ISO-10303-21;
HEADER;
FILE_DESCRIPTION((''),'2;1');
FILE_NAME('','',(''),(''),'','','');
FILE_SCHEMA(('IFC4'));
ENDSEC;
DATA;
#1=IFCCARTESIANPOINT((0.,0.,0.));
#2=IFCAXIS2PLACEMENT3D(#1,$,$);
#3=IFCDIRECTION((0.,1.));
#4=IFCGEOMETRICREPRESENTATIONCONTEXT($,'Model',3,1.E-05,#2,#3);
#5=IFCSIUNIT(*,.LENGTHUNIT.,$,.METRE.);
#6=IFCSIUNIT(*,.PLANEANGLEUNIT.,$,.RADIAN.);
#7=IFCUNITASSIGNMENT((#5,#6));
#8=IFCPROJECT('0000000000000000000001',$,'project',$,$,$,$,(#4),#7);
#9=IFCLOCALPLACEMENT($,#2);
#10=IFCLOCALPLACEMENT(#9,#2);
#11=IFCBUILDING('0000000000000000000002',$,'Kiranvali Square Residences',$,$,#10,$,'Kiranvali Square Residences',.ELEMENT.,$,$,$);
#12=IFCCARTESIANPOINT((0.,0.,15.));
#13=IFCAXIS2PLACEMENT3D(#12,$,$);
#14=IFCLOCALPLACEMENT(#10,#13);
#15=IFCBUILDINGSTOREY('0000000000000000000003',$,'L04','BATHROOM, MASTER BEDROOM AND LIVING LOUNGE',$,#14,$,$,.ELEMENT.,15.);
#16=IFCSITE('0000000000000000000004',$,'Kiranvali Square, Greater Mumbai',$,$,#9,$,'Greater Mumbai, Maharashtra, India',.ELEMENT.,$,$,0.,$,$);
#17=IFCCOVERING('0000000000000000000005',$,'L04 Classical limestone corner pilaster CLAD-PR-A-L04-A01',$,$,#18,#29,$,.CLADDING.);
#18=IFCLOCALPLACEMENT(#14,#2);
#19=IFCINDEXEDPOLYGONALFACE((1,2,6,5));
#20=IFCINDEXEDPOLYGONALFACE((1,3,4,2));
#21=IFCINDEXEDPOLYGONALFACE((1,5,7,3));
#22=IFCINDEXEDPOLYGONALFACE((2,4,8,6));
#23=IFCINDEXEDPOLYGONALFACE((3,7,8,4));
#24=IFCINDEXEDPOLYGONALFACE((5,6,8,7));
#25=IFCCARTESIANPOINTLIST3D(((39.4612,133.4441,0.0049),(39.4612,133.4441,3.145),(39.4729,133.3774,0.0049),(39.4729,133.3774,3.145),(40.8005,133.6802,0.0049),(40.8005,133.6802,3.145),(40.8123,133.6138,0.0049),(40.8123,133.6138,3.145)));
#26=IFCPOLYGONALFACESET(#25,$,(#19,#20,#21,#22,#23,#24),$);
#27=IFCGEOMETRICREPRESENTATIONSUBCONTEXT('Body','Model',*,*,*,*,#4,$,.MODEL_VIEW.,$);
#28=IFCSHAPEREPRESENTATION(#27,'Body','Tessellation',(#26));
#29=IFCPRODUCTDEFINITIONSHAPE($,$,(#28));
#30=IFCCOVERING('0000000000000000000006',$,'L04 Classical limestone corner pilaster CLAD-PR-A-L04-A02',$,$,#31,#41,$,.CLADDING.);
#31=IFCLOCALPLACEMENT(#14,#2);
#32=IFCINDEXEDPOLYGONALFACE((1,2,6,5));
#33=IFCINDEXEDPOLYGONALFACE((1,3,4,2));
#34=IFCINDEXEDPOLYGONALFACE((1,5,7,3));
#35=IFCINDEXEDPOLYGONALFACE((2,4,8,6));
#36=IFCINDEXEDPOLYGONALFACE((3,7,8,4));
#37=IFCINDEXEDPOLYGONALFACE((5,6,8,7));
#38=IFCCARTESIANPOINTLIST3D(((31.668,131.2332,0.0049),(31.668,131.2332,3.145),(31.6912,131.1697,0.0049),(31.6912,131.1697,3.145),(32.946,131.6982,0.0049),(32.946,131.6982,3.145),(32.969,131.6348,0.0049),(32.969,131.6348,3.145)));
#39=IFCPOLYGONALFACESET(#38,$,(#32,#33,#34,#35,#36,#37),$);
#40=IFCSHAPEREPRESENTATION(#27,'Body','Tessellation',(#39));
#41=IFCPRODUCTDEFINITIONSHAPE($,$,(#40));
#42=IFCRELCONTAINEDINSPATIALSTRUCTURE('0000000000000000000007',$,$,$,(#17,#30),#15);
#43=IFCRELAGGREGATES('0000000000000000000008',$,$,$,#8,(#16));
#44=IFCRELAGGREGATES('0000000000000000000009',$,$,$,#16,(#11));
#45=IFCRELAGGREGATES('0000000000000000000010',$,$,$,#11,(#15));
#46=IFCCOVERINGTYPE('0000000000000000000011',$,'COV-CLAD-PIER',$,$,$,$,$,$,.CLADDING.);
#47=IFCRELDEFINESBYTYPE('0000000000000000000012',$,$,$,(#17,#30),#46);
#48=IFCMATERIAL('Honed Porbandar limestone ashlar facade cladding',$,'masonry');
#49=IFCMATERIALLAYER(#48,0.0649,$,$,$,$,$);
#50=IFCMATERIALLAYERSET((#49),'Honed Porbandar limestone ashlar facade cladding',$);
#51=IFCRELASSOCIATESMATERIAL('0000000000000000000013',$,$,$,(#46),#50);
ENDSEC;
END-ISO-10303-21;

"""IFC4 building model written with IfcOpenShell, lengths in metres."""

from ifc_helpers import new_model, si_unit, direction, frame, origin, place, context, subcontext, project, spatial, polyline, outline, extrude, material, layer, layer_set, type_object, element, save


model = new_model("IFC4")

# Units and contexts
model_context = context("Model", 3, precision=1e-05, world=origin(), true_north=direction((0.0, 1.0)))
body_context = subcontext(model_context, "Body", "Model", "MODEL_VIEW")
ifc_project = project(units=[si_unit("LENGTHUNIT", "METRE"), si_unit("PLANEANGLEUNIT", "RADIAN")], contexts=[model_context])

# Site, building, storey
site_placement = place(None, origin())
site = spatial("IfcSite", under=ifc_project, at=site_placement, Name="Kiranvali Square, Greater Mumbai", LongName="Greater Mumbai, Maharashtra, India", CompositionType="ELEMENT", RefElevation=0.0)
building_placement = place(site_placement, origin())
building = spatial("IfcBuilding", under=site, at=building_placement, Name="Kiranvali Square Residences", LongName="Kiranvali Square Residences", CompositionType="ELEMENT")
storey_placement = place(building_placement, frame((0.0, 0.0, 15.0)))
storey = spatial("IfcBuildingStorey", under=building, at=storey_placement, Name="L04", Description="BATHROOM, MASTER BEDROOM AND LIVING LOUNGE", CompositionType="ELEMENT", Elevation=15.0)

# Coverings
ifc_material_1 = material(Name="Honed Porbandar limestone ashlar facade cladding", Category="masonry")
ifc_layer_1 = layer(ifc_material_1, 0.0649)
ifc_layer_set_1 = layer_set([ifc_layer_1], Name="Honed Porbandar limestone ashlar facade cladding")
covering_type_1 = type_object("IfcCoveringType", Name="COV-CLAD-PIER", PredefinedType="CLADDING", material=ifc_layer_set_1)
covering_1_placement = place(storey_placement, frame((0.0, 0.0, 0.0049)))
element("IfcCovering", 1, at=covering_1_placement, inside=storey, type_object=covering_type_1, Name="L04 Classical limestone corner pilaster CLAD-PR-A-L04-A01", PredefinedType="CLADDING", context=body_context, shape_type="SweptSolid", body=[
    extrude(outline(polyline([(40.8005, 133.6802), (39.4612, 133.4441), (39.4729, 133.3774), (40.8123, 133.6138), (40.8005, 133.6802)])), origin(), (0.0, 0.0, 1.0), 3.1401),
])
covering_2_placement = place(storey_placement, frame((0.0, 0.0, 0.0049)))
element("IfcCovering", 2, at=covering_2_placement, inside=storey, type_object=covering_type_1, Name="L04 Classical limestone corner pilaster CLAD-PR-A-L04-A02", PredefinedType="CLADDING", context=body_context, shape_type="SweptSolid", body=[
    extrude(outline(polyline([(32.946, 131.6982), (31.668, 131.2332), (31.6912, 131.1697), (32.969, 131.6348), (32.946, 131.6982)])), origin(), (0.0, 0.0, 1.0), 3.1401),
])

save(model, "model.ifc")
